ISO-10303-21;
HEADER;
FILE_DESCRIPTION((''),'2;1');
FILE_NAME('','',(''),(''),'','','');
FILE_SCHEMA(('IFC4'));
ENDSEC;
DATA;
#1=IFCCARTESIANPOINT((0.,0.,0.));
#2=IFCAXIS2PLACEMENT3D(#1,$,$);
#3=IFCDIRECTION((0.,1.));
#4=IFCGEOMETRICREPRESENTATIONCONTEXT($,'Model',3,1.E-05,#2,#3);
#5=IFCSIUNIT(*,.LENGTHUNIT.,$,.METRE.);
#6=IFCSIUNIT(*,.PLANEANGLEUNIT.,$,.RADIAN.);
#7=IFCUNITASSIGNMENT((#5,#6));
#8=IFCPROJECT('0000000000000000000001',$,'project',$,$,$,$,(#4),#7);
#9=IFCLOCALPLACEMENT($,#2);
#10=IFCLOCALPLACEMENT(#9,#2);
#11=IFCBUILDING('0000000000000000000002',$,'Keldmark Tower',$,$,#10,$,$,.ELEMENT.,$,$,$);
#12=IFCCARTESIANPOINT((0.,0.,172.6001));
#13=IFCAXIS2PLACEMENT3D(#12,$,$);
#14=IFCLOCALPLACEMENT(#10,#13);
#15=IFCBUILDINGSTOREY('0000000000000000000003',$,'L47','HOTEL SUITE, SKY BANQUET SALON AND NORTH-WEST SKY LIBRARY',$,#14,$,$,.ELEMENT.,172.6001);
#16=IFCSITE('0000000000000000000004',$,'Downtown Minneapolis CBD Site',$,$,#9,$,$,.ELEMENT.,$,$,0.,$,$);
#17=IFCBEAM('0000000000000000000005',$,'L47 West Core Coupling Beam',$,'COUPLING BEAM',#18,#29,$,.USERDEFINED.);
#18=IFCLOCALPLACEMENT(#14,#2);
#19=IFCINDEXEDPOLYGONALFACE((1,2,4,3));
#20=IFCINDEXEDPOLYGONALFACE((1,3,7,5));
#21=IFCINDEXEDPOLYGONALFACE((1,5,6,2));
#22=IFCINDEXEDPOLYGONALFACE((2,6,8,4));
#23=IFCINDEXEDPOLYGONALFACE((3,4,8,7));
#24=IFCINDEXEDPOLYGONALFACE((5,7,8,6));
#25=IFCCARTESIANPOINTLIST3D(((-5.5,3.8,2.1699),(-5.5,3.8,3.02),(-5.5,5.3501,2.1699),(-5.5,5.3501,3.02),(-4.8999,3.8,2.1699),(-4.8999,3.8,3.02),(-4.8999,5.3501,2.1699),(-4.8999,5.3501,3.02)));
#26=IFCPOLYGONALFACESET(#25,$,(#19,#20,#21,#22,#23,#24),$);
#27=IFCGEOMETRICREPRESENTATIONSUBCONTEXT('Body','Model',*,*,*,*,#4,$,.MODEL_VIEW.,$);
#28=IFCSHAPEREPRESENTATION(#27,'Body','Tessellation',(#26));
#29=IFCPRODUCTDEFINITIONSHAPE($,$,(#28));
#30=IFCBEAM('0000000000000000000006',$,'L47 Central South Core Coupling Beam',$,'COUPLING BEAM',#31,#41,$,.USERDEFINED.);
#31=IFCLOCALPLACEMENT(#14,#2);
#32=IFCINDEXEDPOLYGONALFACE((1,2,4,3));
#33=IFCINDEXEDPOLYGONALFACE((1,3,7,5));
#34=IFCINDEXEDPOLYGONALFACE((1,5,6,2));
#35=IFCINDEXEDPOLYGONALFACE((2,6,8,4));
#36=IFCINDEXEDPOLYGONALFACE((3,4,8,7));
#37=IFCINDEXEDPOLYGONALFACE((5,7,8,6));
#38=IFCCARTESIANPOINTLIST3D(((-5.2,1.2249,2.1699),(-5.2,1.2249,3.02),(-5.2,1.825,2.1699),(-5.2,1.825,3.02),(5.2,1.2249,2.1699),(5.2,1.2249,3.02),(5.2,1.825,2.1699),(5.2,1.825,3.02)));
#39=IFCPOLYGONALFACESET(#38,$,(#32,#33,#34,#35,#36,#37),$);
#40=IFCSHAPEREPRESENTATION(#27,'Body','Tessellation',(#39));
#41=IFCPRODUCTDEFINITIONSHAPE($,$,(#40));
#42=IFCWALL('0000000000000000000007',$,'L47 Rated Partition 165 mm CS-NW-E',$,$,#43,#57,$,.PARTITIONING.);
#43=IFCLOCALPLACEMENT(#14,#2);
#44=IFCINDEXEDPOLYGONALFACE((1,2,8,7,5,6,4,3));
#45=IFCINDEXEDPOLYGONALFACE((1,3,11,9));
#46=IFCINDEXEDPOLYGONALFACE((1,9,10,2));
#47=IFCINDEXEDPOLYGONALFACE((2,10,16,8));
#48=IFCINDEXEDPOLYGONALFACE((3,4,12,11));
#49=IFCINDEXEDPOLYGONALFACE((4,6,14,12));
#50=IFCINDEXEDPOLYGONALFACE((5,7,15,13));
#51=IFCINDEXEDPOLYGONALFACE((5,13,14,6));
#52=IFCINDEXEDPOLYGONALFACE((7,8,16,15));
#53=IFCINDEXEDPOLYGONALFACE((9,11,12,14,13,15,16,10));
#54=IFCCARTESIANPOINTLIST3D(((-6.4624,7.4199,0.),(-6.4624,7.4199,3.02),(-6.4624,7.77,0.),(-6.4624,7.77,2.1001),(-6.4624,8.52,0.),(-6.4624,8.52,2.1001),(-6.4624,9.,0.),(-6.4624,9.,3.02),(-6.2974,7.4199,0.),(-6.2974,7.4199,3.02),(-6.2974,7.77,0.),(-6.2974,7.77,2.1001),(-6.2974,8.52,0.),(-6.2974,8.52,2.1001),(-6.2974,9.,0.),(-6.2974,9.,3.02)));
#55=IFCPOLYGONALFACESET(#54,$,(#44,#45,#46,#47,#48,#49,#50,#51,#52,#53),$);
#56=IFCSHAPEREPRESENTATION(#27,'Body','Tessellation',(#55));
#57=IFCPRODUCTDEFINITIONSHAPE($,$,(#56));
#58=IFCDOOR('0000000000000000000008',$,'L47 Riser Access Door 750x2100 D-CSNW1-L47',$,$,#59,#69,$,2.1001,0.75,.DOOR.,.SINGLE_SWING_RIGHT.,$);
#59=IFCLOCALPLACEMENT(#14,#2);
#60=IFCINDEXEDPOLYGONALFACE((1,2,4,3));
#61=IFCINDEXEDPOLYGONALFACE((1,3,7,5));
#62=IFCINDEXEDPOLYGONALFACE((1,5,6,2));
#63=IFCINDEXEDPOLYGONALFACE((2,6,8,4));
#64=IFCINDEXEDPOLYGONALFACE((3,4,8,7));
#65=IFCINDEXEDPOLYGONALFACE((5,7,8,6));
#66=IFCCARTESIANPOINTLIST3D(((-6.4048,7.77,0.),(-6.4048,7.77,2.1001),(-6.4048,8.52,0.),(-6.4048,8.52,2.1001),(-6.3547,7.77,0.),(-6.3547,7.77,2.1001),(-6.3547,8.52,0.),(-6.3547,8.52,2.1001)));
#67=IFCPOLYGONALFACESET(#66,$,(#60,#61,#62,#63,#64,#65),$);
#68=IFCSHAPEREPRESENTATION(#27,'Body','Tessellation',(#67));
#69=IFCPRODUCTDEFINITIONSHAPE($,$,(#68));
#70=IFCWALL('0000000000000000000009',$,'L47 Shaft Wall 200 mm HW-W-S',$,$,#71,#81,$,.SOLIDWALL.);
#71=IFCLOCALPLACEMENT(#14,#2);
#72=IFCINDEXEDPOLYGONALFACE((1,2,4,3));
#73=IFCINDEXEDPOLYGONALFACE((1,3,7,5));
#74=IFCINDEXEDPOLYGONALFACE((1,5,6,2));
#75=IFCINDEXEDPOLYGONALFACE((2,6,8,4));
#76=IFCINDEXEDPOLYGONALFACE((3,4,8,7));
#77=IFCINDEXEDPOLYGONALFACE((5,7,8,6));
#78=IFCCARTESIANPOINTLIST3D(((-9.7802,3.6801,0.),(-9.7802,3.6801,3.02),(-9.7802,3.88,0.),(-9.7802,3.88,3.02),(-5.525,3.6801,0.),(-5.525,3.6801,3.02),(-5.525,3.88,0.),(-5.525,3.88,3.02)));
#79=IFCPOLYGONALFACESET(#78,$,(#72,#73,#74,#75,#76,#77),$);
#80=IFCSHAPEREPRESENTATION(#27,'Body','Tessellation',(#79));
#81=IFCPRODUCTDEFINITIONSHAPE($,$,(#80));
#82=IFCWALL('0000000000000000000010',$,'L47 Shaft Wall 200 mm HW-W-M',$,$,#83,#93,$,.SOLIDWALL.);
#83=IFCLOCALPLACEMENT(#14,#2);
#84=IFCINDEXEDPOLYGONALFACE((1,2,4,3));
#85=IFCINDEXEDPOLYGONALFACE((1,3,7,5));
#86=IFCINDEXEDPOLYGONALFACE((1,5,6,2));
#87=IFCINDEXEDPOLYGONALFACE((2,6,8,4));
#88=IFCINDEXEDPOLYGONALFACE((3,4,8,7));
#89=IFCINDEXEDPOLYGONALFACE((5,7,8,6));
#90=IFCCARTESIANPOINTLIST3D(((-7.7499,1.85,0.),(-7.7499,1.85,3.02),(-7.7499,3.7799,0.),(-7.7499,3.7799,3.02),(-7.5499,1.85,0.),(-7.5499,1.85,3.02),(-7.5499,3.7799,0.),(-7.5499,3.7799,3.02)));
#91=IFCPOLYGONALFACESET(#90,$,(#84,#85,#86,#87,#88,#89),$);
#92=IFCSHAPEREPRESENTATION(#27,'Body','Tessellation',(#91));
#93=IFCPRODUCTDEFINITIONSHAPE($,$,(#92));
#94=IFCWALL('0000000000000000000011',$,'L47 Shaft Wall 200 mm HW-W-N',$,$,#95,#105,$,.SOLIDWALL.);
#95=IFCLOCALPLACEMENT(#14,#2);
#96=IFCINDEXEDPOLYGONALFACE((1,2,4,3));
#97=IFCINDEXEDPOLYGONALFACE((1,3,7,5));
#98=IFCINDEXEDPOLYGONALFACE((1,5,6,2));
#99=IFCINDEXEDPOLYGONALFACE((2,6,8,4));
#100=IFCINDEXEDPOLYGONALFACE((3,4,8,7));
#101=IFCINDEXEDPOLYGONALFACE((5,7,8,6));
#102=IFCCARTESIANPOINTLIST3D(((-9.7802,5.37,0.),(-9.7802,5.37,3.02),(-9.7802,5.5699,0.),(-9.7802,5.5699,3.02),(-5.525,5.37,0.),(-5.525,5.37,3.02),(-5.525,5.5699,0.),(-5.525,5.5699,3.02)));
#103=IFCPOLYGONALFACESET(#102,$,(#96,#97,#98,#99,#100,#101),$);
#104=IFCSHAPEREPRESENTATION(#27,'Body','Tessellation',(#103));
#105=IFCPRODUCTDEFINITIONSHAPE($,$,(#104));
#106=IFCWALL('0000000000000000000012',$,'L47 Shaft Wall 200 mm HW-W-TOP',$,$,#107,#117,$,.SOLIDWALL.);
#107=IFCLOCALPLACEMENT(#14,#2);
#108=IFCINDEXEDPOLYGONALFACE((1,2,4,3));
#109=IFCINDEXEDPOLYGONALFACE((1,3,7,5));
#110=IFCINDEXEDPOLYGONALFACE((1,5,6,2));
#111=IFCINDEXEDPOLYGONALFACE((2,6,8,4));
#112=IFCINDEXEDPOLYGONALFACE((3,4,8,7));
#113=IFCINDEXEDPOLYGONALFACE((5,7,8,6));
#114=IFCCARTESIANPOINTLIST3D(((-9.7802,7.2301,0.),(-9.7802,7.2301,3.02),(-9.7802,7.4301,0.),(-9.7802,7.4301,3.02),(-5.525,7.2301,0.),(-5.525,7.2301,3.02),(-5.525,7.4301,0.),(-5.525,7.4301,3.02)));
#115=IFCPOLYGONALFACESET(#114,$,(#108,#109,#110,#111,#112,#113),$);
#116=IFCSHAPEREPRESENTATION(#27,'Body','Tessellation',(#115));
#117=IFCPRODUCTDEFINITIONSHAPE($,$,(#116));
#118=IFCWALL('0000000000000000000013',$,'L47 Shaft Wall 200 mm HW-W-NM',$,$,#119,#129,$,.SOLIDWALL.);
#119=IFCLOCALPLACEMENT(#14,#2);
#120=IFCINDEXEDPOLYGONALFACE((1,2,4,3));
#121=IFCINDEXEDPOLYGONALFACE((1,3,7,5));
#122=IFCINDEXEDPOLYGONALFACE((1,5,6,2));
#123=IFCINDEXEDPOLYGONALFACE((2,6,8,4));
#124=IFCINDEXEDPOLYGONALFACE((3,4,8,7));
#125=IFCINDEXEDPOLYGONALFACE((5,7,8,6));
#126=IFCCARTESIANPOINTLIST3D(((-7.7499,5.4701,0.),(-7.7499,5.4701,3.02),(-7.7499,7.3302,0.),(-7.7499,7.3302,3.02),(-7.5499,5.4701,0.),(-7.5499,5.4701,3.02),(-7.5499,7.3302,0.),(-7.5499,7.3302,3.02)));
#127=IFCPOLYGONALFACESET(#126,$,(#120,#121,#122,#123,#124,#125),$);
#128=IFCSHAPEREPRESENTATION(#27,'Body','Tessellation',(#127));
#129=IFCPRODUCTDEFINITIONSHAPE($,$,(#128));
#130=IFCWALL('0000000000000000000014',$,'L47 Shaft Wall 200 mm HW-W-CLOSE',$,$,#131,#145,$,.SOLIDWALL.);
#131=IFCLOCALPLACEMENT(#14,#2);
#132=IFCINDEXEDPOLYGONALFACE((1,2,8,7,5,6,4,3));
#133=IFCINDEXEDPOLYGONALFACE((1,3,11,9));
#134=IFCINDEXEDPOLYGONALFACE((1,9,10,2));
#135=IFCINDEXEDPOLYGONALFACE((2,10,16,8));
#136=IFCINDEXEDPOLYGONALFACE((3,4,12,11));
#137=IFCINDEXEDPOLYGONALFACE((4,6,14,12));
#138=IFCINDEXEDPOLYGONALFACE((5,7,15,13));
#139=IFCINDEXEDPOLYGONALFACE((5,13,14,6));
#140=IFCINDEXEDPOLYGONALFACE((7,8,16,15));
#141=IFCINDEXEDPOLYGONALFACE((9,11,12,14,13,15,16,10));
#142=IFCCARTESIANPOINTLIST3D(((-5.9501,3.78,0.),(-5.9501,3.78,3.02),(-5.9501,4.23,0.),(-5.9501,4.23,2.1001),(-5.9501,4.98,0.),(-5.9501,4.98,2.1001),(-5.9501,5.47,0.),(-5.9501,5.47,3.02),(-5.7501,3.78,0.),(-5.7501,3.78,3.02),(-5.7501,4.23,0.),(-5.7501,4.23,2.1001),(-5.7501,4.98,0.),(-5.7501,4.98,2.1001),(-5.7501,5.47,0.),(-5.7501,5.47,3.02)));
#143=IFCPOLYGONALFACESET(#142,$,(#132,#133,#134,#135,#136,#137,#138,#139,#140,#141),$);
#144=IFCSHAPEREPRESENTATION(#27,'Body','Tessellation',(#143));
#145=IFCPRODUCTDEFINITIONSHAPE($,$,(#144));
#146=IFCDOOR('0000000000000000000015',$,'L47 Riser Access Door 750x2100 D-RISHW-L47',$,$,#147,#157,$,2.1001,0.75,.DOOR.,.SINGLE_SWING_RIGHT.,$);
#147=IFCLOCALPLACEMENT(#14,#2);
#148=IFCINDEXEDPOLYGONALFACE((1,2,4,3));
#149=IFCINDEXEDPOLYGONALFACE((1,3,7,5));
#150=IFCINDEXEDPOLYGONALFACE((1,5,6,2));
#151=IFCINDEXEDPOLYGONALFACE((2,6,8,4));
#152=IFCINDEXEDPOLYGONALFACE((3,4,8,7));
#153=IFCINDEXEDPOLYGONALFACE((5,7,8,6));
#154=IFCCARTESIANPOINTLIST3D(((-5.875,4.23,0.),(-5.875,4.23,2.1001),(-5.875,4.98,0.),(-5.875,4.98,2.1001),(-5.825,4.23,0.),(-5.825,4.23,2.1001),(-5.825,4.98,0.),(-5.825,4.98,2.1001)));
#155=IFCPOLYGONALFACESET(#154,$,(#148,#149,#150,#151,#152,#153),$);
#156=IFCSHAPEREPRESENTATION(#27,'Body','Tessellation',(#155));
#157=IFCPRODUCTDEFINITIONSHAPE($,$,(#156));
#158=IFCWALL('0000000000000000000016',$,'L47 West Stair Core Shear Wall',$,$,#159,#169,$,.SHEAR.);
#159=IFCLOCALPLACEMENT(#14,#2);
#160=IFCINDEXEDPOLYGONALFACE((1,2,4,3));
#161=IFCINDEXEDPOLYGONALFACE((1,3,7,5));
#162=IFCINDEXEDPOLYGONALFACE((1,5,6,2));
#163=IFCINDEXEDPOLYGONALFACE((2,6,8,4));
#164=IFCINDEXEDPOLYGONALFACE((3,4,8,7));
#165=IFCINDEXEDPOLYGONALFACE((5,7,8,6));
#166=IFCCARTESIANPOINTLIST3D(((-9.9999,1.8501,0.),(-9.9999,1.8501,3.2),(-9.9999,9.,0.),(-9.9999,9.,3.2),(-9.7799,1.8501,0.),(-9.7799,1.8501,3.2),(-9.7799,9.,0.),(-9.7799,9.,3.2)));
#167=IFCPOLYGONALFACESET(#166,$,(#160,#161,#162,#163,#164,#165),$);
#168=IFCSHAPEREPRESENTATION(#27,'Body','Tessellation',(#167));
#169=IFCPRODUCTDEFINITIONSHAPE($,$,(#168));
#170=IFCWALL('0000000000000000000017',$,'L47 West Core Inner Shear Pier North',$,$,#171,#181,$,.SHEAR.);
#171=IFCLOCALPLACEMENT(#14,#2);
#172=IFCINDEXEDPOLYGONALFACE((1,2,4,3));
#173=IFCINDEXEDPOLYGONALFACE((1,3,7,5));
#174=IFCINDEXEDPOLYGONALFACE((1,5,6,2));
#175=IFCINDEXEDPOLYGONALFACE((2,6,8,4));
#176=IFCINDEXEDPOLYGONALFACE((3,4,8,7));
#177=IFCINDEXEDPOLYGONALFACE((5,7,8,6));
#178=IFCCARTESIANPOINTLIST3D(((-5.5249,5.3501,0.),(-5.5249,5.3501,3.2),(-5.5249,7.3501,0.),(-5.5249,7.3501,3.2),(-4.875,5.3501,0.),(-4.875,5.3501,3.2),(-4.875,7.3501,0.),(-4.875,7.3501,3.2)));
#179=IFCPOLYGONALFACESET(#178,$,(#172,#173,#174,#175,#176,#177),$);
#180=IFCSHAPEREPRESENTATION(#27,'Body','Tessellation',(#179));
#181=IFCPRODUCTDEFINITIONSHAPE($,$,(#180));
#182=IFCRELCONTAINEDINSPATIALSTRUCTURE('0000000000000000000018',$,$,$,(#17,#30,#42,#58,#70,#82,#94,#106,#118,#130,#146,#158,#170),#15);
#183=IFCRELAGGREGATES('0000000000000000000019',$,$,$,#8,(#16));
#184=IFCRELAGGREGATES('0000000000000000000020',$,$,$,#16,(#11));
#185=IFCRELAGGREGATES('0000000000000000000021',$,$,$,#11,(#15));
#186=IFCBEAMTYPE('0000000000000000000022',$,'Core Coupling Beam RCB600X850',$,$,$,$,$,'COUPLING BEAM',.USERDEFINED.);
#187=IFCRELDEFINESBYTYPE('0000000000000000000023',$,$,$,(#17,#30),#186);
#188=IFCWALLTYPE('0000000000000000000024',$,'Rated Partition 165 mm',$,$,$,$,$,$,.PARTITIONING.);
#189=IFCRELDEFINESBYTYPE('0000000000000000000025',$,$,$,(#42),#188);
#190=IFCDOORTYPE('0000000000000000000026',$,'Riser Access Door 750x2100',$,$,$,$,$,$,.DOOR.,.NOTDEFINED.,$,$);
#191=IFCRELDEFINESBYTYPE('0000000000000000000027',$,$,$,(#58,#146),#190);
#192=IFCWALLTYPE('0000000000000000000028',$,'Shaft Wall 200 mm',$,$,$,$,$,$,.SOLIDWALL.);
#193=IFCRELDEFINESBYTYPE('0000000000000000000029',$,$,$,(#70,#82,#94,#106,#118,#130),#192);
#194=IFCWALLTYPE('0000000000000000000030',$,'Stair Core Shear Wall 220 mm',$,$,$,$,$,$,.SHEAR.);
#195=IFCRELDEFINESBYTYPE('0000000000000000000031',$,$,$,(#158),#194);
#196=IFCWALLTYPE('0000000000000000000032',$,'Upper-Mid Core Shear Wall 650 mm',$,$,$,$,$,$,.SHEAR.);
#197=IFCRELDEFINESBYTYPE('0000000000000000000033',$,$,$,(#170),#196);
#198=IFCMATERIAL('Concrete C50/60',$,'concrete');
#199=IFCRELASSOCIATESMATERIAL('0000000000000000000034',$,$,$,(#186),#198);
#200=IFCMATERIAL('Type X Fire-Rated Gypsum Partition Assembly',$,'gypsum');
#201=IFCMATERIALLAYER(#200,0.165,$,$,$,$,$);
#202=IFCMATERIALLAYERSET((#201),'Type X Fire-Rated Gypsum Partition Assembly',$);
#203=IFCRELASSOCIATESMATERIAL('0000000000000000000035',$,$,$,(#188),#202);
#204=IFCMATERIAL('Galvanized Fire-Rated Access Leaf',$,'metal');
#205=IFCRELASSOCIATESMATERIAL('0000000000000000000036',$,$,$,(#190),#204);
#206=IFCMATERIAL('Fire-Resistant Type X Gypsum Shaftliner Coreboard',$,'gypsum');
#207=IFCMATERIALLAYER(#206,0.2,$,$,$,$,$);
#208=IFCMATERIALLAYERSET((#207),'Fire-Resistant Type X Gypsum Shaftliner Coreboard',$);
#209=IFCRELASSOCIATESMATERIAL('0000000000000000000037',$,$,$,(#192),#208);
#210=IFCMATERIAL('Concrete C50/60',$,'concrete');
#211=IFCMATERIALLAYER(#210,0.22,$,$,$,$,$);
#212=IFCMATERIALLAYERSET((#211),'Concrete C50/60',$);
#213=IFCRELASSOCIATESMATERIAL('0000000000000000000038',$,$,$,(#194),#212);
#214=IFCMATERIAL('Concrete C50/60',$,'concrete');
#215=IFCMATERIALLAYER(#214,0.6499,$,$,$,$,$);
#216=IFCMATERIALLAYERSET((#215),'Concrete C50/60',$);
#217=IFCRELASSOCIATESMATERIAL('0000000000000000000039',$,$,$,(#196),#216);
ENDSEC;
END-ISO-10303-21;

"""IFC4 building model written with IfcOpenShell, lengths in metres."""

from ifc_helpers import new_model, si_unit, direction, frame, frame_2d, origin, origin_2d, place, context, subcontext, project, spatial, rectangle, extrude, material, layer, layer_set, material_profile, profile_set, type_object, element, fill, save


model = new_model("IFC4")

# Units and contexts
model_context = context("Model", 3, precision=1e-05, world=origin(), true_north=direction((0.0, 1.0)))
body_context = subcontext(model_context, "Body", "Model", "MODEL_VIEW")
ifc_project = project(units=[si_unit("LENGTHUNIT", "METRE"), si_unit("PLANEANGLEUNIT", "RADIAN")], contexts=[model_context])

# Site, building, storey
site_placement = place(None, origin())
site = spatial("IfcSite", under=ifc_project, at=site_placement, Name="Downtown Minneapolis CBD Site", CompositionType="ELEMENT", RefElevation=0.0)
building_placement = place(site_placement, origin())
building = spatial("IfcBuilding", under=site, at=building_placement, Name="Keldmark Tower", CompositionType="ELEMENT")
storey_placement = place(building_placement, frame((0.0, 0.0, 172.6001)))
storey = spatial("IfcBuildingStorey", under=building, at=storey_placement, Name="L47", Description="HOTEL SUITE, SKY BANQUET SALON AND NORTH-WEST SKY LIBRARY", CompositionType="ELEMENT", Elevation=172.6001)

# Beams
ifc_material_1 = material(Name="Concrete C50/60", Category="concrete")
ifc_material_profile = material_profile(ifc_material_1, rectangle(XDim=0.6001, YDim=0.8501, at=origin_2d()), Name="RCB600X850")
ifc_profile_set = profile_set([ifc_material_profile], Name="Concrete C50/60")
beam_type = type_object("IfcBeamType", Name="Core Coupling Beam RCB600X850", ElementType="COUPLING BEAM", PredefinedType="USERDEFINED", material=ifc_profile_set)
beam_1_placement = place(storey_placement, frame((-5.2, 3.8, 2.595), z_axis=(0.0, 1.0, 0.0), x_axis=(-1.0, 0.0, 0.0)))
element("IfcBeam", 1, at=beam_1_placement, inside=storey, type_object=beam_type, Name="L47 West Core Coupling Beam", ObjectType="COUPLING BEAM", PredefinedType="USERDEFINED", context=body_context, shape_type="SweptSolid", body=[
    extrude(rectangle(XDim=0.6001, YDim=0.8501, at=origin_2d()), origin(), (0.0, 0.0, 1.0), 1.55),
])
beam_2_placement = place(storey_placement, frame((-5.2, 1.5249, 2.595), z_axis=(1.0, 0.0, 0.0), x_axis=(0.0, 1.0, 0.0)))
element("IfcBeam", 2, at=beam_2_placement, inside=storey, type_object=beam_type, Name="L47 Central South Core Coupling Beam", ObjectType="COUPLING BEAM", PredefinedType="USERDEFINED", context=body_context, shape_type="SweptSolid", body=[
    extrude(rectangle(XDim=0.6001, YDim=0.8501, at=origin_2d()), origin(), (0.0, 0.0, 1.0), 10.3999),
])

# Wall, opening, door
ifc_material_2 = material(Name="Type X Fire-Rated Gypsum Partition Assembly", Category="gypsum")
ifc_layer_1 = layer(ifc_material_2, 0.165)
ifc_layer_set_1 = layer_set([ifc_layer_1], Name="Type X Fire-Rated Gypsum Partition Assembly")
wall_type_1 = type_object("IfcWallType", Name="Rated Partition 165 mm", PredefinedType="PARTITIONING", material=ifc_layer_set_1)
wall_1_placement = place(storey_placement, frame((-6.3799, 7.4199, 0.0), z_axis=(0.0, 0.0, 1.0), x_axis=(0.0, 1.0, 0.0)))
wall_1 = element("IfcWall", 3, at=wall_1_placement, inside=storey, type_object=wall_type_1, Name="L47 Rated Partition 165 mm CS-NW-E", PredefinedType="PARTITIONING", context=body_context, shape_type="SweptSolid", body=[
    extrude(rectangle(XDim=1.5801, YDim=0.165, at=frame_2d((0.79, 0.0))), origin(), (0.0, 0.0, 1.0), 3.02),
])
opening_1_placement = place(wall_1_placement, frame((0.3501, 0.0, 0.0)))
opening_1 = element("IfcOpeningElement", 4, at=opening_1_placement, cuts=wall_1, PredefinedType="OPENING", context=body_context, shape_type="SweptSolid", body=[
    extrude(rectangle(XDim=0.75, YDim=2.1001, at=frame_2d((0.375, 1.05))), frame((0.0, 0.0925, 0.0), z_axis=(0.0, -1.0, 0.0), x_axis=(1.0, 0.0, 0.0)), (0.0, 0.0, 1.0), 0.1851),
])
ifc_material_3 = material(Name="Galvanized Fire-Rated Access Leaf", Category="metal")
door_type = type_object("IfcDoorType", Name="Riser Access Door 750x2100", OperationType="NOTDEFINED", PredefinedType="DOOR", material=ifc_material_3)
door_1_placement = place(opening_1_placement, origin())
door_1 = element("IfcDoor", 5, at=door_1_placement, inside=storey, type_object=door_type, Name="L47 Riser Access Door 750x2100 D-CSNW1-L47", OperationType="SINGLE_SWING_RIGHT", OverallHeight=2.1001, OverallWidth=0.75, PredefinedType="DOOR", context=body_context, shape_type="SweptSolid", body=[
    extrude(rectangle(XDim=0.75, YDim=2.1001, at=frame_2d((0.375, 1.05))), frame((0.0, 0.0249, 0.0), z_axis=(0.0, -1.0, 0.0), x_axis=(1.0, 0.0, 0.0)), (0.0, 0.0, 1.0), 0.05),
])
fill(opening_1, door_1)

# Walls
ifc_material_4 = material(Name="Fire-Resistant Type X Gypsum Shaftliner Coreboard", Category="gypsum")
ifc_layer_2 = layer(ifc_material_4, 0.2)
ifc_layer_set_2 = layer_set([ifc_layer_2], Name="Fire-Resistant Type X Gypsum Shaftliner Coreboard")
wall_type_2 = type_object("IfcWallType", Name="Shaft Wall 200 mm", PredefinedType="SOLIDWALL", material=ifc_layer_set_2)
wall_2_placement = place(storey_placement, frame((-9.78, 3.78, 0.0), z_axis=(0.0, 0.0, 1.0), x_axis=(1.0, 0.0, 0.0)))
element("IfcWall", 6, at=wall_2_placement, inside=storey, type_object=wall_type_2, Name="L47 Shaft Wall 200 mm HW-W-S", PredefinedType="SOLIDWALL", context=body_context, shape_type="SweptSolid", body=[
    extrude(rectangle(XDim=4.2551, YDim=0.2, at=frame_2d((2.1274, 0.0))), origin(), (0.0, 0.0, 1.0), 3.02),
])
wall_3_placement = place(storey_placement, frame((-7.6499, 1.8501, 0.0), z_axis=(0.0, 0.0, 1.0), x_axis=(0.0, 1.0, 0.0)))
element("IfcWall", 7, at=wall_3_placement, inside=storey, type_object=wall_type_2, Name="L47 Shaft Wall 200 mm HW-W-M", PredefinedType="SOLIDWALL", context=body_context, shape_type="SweptSolid", body=[
    extrude(rectangle(XDim=1.9299, YDim=0.2, at=frame_2d((0.9648, 0.0))), origin(), (0.0, 0.0, 1.0), 3.02),
])
for number, where, z_axis, x_axis, name in (
    (8, (-9.78, 5.47, 0.0), (0.0, 0.0, 1.0), (1.0, 0.0, 0.0), "L47 Shaft Wall 200 mm HW-W-N"),
    (9, (-9.78, 7.3301, 0.0), (0.0, 0.0, 1.0), (1.0, 0.0, 0.0), "L47 Shaft Wall 200 mm HW-W-TOP"),
):
    element("IfcWall", number, at=place(storey_placement, frame(where, z_axis=z_axis, x_axis=x_axis)), inside=storey, type_object=wall_type_2, Name=name, PredefinedType="SOLIDWALL", context=body_context, shape_type="SweptSolid", body=[
        extrude(rectangle(XDim=4.2551, YDim=0.2, at=frame_2d((2.1274, 0.0))), origin(), (0.0, 0.0, 1.0), 3.02),
    ])
wall_4_placement = place(storey_placement, frame((-7.6499, 5.47, 0.0), z_axis=(0.0, 0.0, 1.0), x_axis=(0.0, 1.0, 0.0)))
element("IfcWall", 10, at=wall_4_placement, inside=storey, type_object=wall_type_2, Name="L47 Shaft Wall 200 mm HW-W-NM", PredefinedType="SOLIDWALL", context=body_context, shape_type="SweptSolid", body=[
    extrude(rectangle(XDim=1.8601, YDim=0.2, at=frame_2d((0.9302, 0.0))), origin(), (0.0, 0.0, 1.0), 3.02),
])

# Wall, opening, door
wall_5_placement = place(storey_placement, frame((-5.8501, 3.78, 0.0), z_axis=(0.0, 0.0, 1.0), x_axis=(0.0, 1.0, 0.0)))
wall_5 = element("IfcWall", 11, at=wall_5_placement, inside=storey, type_object=wall_type_2, Name="L47 Shaft Wall 200 mm HW-W-CLOSE", PredefinedType="SOLIDWALL", context=body_context, shape_type="SweptSolid", body=[
    extrude(rectangle(XDim=1.6899, YDim=0.2, at=frame_2d((0.845, 0.0))), origin(), (0.0, 0.0, 1.0), 3.02),
])
opening_2_placement = place(wall_5_placement, frame((0.45, 0.0, 0.0)))
opening_2 = element("IfcOpeningElement", 12, at=opening_2_placement, cuts=wall_5, PredefinedType="OPENING", context=body_context, shape_type="SweptSolid", body=[
    extrude(rectangle(XDim=0.75, YDim=2.1001, at=frame_2d((0.375, 1.05))), frame((0.0, 0.1099, 0.0), z_axis=(0.0, -1.0, 0.0), x_axis=(1.0, 0.0, 0.0)), (0.0, 0.0, 1.0), 0.22),
])
door_2_placement = place(opening_2_placement, origin())
door_2 = element("IfcDoor", 13, at=door_2_placement, inside=storey, type_object=door_type, Name="L47 Riser Access Door 750x2100 D-RISHW-L47", OperationType="SINGLE_SWING_RIGHT", OverallHeight=2.1001, OverallWidth=0.75, PredefinedType="DOOR", context=body_context, shape_type="SweptSolid", body=[
    extrude(rectangle(XDim=0.75, YDim=2.1001, at=frame_2d((0.375, 1.05))), frame((0.0, 0.0249, 0.0), z_axis=(0.0, -1.0, 0.0), x_axis=(1.0, 0.0, 0.0)), (0.0, 0.0, 1.0), 0.05),
])
fill(opening_2, door_2)

# Walls
ifc_material_5 = material(Name="Concrete C50/60", Category="concrete")
ifc_layer_3 = layer(ifc_material_5, 0.22)
ifc_layer_set_3 = layer_set([ifc_layer_3], Name="Concrete C50/60")
wall_type_3 = type_object("IfcWallType", Name="Stair Core Shear Wall 220 mm", PredefinedType="SHEAR", material=ifc_layer_set_3)
wall_6_placement = place(storey_placement, frame((-9.8899, 1.8501, 0.0), z_axis=(0.0, 0.0, 1.0), x_axis=(0.0, 1.0, 0.0)))
element("IfcWall", 14, at=wall_6_placement, inside=storey, type_object=wall_type_3, Name="L47 West Stair Core Shear Wall", PredefinedType="SHEAR", context=body_context, shape_type="SweptSolid", body=[
    extrude(rectangle(XDim=7.1499, YDim=0.22, at=frame_2d((3.575, 0.0))), origin(), (0.0, 0.0, 1.0), 3.2),
])
ifc_material_6 = material(Name="Concrete C50/60", Category="concrete")
ifc_layer_4 = layer(ifc_material_6, 0.6499)
ifc_layer_set_4 = layer_set([ifc_layer_4], Name="Concrete C50/60")
wall_type_4 = type_object("IfcWallType", Name="Upper-Mid Core Shear Wall 650 mm", PredefinedType="SHEAR", material=ifc_layer_set_4)
wall_7_placement = place(storey_placement, frame((-5.2, 5.3501, 0.0), z_axis=(0.0, 0.0, 1.0), x_axis=(0.0, 1.0, 0.0)))
element("IfcWall", 15, at=wall_7_placement, inside=storey, type_object=wall_type_4, Name="L47 West Core Inner Shear Pier North", PredefinedType="SHEAR", context=body_context, shape_type="SweptSolid", body=[
    extrude(rectangle(XDim=2.0, YDim=0.6499, at=frame_2d((1.0, 0.0))), origin(), (0.0, 0.0, 1.0), 3.2),
])

save(model, "model.ifc")
